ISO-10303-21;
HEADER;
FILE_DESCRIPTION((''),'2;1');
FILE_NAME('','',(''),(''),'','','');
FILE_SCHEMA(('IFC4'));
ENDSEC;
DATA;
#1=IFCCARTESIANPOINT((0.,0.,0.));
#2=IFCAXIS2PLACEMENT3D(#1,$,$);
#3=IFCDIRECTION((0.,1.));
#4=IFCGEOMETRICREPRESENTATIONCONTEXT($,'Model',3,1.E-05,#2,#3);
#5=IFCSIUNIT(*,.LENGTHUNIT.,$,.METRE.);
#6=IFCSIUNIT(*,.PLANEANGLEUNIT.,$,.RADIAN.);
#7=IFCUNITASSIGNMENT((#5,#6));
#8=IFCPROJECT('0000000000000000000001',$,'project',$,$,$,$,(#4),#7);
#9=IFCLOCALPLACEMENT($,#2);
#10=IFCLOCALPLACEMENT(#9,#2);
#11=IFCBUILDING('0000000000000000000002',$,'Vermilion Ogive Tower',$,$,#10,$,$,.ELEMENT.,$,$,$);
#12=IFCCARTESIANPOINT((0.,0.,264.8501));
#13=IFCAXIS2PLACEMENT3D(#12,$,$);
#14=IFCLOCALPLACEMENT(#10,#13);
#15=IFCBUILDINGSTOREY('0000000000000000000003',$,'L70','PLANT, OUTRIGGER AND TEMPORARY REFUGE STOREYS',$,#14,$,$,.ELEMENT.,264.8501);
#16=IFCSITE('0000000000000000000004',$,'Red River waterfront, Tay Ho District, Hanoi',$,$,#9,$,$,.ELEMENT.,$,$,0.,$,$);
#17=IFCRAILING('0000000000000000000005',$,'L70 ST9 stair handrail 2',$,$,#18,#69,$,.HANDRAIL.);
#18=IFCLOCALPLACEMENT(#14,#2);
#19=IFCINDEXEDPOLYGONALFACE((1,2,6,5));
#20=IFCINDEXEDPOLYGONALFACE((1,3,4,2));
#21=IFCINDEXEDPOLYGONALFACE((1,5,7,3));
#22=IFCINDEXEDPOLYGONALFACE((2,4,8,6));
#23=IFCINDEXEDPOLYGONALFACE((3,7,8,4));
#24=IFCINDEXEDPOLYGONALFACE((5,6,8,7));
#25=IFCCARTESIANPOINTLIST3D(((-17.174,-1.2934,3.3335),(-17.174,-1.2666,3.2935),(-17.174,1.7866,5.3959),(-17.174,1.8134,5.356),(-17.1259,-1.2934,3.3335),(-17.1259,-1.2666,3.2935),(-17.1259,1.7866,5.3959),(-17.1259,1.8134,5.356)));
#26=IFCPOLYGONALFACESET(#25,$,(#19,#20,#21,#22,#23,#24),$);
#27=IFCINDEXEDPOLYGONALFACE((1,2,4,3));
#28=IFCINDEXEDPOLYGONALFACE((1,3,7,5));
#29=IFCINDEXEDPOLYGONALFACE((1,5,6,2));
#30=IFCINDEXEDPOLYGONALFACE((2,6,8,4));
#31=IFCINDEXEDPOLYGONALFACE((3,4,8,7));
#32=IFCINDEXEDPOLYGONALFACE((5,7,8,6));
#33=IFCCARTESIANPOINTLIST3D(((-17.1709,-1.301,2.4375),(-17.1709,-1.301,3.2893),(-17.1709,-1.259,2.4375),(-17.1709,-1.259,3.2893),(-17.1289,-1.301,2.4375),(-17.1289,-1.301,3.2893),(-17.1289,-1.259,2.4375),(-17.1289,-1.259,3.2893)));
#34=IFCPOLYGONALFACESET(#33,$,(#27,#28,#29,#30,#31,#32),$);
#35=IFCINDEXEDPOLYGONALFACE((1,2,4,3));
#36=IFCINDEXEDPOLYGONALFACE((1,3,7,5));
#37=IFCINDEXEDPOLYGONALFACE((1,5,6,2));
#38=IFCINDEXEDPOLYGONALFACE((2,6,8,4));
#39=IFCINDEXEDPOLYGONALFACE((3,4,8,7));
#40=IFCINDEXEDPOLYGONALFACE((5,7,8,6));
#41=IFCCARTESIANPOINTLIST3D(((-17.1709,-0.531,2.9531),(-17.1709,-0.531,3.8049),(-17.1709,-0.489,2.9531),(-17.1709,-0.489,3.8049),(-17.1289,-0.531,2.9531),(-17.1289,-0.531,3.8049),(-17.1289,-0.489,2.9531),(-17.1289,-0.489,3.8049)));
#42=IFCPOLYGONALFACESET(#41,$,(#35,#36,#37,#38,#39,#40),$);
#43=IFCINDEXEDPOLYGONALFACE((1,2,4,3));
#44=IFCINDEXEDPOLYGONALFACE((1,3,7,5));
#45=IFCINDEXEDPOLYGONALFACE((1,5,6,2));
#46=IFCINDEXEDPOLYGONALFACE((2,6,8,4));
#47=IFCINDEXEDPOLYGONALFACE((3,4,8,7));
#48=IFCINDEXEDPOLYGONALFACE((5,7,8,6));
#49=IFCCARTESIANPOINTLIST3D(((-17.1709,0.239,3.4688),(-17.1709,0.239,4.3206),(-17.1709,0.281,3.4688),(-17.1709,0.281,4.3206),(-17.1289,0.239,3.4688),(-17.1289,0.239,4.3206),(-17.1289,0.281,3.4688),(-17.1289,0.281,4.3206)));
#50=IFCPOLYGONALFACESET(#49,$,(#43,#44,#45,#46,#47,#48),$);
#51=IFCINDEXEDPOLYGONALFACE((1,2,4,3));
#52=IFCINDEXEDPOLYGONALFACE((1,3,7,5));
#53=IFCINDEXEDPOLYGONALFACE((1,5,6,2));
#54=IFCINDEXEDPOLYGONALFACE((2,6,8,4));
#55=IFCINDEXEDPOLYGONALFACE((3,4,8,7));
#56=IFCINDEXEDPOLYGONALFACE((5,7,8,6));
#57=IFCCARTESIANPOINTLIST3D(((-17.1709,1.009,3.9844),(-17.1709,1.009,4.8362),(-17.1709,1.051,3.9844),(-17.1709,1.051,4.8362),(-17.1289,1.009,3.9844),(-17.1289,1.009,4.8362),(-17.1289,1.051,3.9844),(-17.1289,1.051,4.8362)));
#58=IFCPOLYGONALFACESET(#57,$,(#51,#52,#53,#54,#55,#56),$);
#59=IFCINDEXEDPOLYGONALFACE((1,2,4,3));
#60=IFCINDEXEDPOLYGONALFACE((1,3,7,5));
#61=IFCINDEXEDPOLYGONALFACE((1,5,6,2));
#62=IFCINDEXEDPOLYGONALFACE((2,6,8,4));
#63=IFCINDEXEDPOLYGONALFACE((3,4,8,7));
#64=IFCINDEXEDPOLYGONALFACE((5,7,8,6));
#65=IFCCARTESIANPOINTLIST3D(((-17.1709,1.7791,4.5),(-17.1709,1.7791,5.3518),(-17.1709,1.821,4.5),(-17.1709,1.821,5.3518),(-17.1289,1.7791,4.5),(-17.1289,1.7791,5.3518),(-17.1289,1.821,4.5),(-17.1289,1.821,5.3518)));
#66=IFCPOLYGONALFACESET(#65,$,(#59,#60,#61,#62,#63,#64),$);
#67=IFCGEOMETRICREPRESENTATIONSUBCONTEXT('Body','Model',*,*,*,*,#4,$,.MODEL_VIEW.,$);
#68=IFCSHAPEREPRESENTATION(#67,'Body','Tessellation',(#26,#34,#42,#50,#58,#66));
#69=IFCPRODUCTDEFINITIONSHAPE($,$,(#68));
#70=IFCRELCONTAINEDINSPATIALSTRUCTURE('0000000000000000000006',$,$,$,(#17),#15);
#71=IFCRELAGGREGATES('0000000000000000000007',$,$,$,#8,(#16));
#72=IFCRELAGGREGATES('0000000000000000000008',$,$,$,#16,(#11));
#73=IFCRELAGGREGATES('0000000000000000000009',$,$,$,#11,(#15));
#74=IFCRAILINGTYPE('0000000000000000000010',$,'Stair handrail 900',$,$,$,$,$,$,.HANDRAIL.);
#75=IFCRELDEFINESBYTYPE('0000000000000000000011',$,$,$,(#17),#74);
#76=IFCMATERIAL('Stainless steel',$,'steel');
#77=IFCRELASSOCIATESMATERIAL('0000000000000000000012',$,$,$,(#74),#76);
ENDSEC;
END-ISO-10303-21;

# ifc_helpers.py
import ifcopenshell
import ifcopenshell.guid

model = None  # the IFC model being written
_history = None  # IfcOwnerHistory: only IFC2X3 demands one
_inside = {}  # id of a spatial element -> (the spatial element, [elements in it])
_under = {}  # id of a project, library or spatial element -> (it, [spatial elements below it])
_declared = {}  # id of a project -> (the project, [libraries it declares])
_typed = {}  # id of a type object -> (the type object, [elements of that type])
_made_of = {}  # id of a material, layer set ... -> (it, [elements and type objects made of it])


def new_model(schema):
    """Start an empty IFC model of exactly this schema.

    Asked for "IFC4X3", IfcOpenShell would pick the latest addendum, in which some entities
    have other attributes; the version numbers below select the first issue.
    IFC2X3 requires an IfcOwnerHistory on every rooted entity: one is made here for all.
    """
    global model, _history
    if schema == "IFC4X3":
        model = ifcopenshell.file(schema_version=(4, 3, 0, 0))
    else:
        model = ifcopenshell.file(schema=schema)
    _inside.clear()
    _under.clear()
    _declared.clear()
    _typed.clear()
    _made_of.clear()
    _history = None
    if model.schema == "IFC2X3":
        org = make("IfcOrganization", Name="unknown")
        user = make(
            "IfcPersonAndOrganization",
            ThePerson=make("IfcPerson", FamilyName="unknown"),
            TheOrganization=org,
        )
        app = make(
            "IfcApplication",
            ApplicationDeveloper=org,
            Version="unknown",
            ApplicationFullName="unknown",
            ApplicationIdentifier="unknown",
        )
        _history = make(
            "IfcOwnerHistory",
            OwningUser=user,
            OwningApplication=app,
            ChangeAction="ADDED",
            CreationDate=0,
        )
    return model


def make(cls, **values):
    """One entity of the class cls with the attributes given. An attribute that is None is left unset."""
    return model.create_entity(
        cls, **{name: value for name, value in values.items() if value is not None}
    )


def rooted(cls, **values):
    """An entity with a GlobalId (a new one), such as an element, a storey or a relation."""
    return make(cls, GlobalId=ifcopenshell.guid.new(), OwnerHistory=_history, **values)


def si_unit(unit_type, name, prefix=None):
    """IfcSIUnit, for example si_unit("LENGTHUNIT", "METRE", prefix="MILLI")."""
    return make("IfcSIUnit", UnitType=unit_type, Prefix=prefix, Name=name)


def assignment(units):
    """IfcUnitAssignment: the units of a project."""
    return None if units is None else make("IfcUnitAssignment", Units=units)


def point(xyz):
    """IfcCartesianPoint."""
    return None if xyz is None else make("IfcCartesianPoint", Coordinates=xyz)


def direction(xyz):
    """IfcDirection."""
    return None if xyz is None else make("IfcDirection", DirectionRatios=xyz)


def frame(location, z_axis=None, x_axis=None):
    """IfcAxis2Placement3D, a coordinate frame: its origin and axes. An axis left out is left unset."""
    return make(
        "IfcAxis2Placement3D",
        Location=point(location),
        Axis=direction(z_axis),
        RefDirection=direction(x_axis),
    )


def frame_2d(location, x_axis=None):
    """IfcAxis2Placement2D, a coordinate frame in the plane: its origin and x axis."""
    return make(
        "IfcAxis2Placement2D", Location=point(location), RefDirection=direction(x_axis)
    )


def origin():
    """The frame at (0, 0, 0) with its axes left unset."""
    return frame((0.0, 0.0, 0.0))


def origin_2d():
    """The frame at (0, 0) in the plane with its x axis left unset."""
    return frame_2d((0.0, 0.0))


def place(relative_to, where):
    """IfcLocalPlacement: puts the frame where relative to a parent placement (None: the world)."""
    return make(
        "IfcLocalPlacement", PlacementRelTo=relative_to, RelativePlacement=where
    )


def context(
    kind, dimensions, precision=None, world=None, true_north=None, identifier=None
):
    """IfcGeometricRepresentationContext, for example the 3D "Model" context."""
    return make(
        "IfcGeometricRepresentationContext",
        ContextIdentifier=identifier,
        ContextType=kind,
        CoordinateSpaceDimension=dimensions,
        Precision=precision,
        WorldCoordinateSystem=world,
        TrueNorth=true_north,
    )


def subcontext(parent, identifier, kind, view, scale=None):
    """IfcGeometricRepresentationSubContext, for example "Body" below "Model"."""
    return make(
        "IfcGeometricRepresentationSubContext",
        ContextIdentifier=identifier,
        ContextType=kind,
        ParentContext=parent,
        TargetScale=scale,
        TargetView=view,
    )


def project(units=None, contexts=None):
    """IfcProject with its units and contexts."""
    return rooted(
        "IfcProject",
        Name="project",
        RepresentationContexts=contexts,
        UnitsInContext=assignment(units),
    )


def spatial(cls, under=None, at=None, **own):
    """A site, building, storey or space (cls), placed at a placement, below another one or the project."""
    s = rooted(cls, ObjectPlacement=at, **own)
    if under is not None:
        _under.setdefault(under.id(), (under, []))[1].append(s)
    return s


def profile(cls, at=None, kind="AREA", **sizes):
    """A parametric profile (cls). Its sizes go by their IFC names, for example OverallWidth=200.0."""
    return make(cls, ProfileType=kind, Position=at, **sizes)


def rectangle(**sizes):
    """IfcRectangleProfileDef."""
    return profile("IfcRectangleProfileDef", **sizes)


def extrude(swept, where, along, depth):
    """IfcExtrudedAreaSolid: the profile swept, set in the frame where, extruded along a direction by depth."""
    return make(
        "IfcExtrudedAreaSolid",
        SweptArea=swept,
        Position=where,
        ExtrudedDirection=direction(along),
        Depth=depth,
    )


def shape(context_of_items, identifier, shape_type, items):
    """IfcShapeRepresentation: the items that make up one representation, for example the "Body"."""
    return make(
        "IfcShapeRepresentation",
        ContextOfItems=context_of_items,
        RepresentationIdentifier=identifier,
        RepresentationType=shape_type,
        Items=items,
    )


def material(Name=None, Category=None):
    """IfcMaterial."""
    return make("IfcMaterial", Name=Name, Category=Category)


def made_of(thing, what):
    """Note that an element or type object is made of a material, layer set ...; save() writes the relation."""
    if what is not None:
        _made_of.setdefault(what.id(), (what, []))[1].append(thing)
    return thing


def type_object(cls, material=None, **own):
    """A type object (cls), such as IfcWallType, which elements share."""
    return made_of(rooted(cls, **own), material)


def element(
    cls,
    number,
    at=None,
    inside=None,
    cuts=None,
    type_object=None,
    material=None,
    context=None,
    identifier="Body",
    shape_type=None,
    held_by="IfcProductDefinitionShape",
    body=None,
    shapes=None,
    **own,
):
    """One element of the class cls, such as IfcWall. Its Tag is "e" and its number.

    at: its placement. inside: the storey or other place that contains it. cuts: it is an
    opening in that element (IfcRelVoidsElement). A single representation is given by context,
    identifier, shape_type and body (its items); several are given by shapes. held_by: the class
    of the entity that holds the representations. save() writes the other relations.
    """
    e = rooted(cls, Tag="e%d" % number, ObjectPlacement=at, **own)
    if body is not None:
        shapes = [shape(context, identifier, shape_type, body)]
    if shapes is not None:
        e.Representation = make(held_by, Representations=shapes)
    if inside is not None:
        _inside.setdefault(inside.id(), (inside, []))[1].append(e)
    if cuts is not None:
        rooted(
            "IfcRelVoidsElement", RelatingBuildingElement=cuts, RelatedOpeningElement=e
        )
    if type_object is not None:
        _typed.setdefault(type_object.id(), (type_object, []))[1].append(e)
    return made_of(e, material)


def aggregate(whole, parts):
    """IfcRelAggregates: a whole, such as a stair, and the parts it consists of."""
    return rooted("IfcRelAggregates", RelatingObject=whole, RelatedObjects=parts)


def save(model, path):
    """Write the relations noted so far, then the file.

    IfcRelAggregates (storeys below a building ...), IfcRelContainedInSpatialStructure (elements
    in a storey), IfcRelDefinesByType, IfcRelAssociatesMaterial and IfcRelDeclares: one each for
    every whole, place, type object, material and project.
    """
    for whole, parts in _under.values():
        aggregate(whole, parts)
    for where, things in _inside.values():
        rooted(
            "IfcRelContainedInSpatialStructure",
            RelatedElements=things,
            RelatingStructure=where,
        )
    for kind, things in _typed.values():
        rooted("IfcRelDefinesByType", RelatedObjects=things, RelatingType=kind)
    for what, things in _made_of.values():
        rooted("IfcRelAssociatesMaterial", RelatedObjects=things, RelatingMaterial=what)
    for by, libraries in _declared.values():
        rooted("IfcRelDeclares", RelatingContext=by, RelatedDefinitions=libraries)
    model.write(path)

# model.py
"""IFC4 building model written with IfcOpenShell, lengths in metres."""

from ifc_helpers import new_model, si_unit, direction, frame, origin, origin_2d, place, context, subcontext, project, spatial, rectangle, extrude, material, type_object, element, save


model = new_model("IFC4")

# Units and contexts
model_context = context("Model", 3, precision=1e-05, world=origin(), true_north=direction((0.0, 1.0)))
body_context = subcontext(model_context, "Body", "Model", "MODEL_VIEW")
ifc_project = project(units=[si_unit("LENGTHUNIT", "METRE"), si_unit("PLANEANGLEUNIT", "RADIAN")], contexts=[model_context])

# Site, building, storey
site_placement = place(None, origin())
site = spatial("IfcSite", under=ifc_project, at=site_placement, Name="Red River waterfront, Tay Ho District, Hanoi", CompositionType="ELEMENT", RefElevation=0.0)
building_placement = place(site_placement, origin())
building = spatial("IfcBuilding", under=site, at=building_placement, Name="Vermilion Ogive Tower", CompositionType="ELEMENT")
storey_placement = place(building_placement, frame((0.0, 0.0, 264.8501)))
storey = spatial("IfcBuildingStorey", under=building, at=storey_placement, Name="L70", Description="PLANT, OUTRIGGER AND TEMPORARY REFUGE STOREYS", CompositionType="ELEMENT", Elevation=264.8501)

# Railing
ifc_material_1 = material(Name="Stainless steel", Category="steel")
railing_type_1 = type_object("IfcRailingType", Name="Stair handrail 900", PredefinedType="HANDRAIL", material=ifc_material_1)
railing_1_placement = place(storey_placement, frame((-17.1499, -1.28, 2.4375)))
element("IfcRailing", 1, at=railing_1_placement, inside=storey, type_object=railing_type_1, Name="L70 ST9 stair handrail 2", PredefinedType="HANDRAIL", context=body_context, shape_type="SweptSolid", body=[
    extrude(rectangle(XDim=0.0481, YDim=0.0481, at=origin_2d()), frame((0.0, 0.0, 0.876), z_axis=(0.0, 0.830914, 0.556401), x_axis=(-1.0, 0.0, 0.0)), (0.0, 0.0, 1.0), 3.7068),
    extrude(rectangle(XDim=0.042, YDim=0.042, at=origin_2d()), origin(), (0.0, 0.0, 1.0), 0.8518),
    extrude(rectangle(XDim=0.042, YDim=0.042, at=origin_2d()), frame((0.0, 0.77, 0.5156)), (0.0, 0.0, 1.0), 0.8518),
    extrude(rectangle(XDim=0.042, YDim=0.042, at=origin_2d()), frame((0.0, 1.54, 1.0312)), (0.0, 0.0, 1.0), 0.8518),
    extrude(rectangle(XDim=0.042, YDim=0.042, at=origin_2d()), frame((0.0, 2.3101, 1.5469)), (0.0, 0.0, 1.0), 0.8518),
    extrude(rectangle(XDim=0.042, YDim=0.042, at=origin_2d()), frame((0.0, 3.0801, 2.0625)), (0.0, 0.0, 1.0), 0.8518),
])

save(model, "model.ifc")
